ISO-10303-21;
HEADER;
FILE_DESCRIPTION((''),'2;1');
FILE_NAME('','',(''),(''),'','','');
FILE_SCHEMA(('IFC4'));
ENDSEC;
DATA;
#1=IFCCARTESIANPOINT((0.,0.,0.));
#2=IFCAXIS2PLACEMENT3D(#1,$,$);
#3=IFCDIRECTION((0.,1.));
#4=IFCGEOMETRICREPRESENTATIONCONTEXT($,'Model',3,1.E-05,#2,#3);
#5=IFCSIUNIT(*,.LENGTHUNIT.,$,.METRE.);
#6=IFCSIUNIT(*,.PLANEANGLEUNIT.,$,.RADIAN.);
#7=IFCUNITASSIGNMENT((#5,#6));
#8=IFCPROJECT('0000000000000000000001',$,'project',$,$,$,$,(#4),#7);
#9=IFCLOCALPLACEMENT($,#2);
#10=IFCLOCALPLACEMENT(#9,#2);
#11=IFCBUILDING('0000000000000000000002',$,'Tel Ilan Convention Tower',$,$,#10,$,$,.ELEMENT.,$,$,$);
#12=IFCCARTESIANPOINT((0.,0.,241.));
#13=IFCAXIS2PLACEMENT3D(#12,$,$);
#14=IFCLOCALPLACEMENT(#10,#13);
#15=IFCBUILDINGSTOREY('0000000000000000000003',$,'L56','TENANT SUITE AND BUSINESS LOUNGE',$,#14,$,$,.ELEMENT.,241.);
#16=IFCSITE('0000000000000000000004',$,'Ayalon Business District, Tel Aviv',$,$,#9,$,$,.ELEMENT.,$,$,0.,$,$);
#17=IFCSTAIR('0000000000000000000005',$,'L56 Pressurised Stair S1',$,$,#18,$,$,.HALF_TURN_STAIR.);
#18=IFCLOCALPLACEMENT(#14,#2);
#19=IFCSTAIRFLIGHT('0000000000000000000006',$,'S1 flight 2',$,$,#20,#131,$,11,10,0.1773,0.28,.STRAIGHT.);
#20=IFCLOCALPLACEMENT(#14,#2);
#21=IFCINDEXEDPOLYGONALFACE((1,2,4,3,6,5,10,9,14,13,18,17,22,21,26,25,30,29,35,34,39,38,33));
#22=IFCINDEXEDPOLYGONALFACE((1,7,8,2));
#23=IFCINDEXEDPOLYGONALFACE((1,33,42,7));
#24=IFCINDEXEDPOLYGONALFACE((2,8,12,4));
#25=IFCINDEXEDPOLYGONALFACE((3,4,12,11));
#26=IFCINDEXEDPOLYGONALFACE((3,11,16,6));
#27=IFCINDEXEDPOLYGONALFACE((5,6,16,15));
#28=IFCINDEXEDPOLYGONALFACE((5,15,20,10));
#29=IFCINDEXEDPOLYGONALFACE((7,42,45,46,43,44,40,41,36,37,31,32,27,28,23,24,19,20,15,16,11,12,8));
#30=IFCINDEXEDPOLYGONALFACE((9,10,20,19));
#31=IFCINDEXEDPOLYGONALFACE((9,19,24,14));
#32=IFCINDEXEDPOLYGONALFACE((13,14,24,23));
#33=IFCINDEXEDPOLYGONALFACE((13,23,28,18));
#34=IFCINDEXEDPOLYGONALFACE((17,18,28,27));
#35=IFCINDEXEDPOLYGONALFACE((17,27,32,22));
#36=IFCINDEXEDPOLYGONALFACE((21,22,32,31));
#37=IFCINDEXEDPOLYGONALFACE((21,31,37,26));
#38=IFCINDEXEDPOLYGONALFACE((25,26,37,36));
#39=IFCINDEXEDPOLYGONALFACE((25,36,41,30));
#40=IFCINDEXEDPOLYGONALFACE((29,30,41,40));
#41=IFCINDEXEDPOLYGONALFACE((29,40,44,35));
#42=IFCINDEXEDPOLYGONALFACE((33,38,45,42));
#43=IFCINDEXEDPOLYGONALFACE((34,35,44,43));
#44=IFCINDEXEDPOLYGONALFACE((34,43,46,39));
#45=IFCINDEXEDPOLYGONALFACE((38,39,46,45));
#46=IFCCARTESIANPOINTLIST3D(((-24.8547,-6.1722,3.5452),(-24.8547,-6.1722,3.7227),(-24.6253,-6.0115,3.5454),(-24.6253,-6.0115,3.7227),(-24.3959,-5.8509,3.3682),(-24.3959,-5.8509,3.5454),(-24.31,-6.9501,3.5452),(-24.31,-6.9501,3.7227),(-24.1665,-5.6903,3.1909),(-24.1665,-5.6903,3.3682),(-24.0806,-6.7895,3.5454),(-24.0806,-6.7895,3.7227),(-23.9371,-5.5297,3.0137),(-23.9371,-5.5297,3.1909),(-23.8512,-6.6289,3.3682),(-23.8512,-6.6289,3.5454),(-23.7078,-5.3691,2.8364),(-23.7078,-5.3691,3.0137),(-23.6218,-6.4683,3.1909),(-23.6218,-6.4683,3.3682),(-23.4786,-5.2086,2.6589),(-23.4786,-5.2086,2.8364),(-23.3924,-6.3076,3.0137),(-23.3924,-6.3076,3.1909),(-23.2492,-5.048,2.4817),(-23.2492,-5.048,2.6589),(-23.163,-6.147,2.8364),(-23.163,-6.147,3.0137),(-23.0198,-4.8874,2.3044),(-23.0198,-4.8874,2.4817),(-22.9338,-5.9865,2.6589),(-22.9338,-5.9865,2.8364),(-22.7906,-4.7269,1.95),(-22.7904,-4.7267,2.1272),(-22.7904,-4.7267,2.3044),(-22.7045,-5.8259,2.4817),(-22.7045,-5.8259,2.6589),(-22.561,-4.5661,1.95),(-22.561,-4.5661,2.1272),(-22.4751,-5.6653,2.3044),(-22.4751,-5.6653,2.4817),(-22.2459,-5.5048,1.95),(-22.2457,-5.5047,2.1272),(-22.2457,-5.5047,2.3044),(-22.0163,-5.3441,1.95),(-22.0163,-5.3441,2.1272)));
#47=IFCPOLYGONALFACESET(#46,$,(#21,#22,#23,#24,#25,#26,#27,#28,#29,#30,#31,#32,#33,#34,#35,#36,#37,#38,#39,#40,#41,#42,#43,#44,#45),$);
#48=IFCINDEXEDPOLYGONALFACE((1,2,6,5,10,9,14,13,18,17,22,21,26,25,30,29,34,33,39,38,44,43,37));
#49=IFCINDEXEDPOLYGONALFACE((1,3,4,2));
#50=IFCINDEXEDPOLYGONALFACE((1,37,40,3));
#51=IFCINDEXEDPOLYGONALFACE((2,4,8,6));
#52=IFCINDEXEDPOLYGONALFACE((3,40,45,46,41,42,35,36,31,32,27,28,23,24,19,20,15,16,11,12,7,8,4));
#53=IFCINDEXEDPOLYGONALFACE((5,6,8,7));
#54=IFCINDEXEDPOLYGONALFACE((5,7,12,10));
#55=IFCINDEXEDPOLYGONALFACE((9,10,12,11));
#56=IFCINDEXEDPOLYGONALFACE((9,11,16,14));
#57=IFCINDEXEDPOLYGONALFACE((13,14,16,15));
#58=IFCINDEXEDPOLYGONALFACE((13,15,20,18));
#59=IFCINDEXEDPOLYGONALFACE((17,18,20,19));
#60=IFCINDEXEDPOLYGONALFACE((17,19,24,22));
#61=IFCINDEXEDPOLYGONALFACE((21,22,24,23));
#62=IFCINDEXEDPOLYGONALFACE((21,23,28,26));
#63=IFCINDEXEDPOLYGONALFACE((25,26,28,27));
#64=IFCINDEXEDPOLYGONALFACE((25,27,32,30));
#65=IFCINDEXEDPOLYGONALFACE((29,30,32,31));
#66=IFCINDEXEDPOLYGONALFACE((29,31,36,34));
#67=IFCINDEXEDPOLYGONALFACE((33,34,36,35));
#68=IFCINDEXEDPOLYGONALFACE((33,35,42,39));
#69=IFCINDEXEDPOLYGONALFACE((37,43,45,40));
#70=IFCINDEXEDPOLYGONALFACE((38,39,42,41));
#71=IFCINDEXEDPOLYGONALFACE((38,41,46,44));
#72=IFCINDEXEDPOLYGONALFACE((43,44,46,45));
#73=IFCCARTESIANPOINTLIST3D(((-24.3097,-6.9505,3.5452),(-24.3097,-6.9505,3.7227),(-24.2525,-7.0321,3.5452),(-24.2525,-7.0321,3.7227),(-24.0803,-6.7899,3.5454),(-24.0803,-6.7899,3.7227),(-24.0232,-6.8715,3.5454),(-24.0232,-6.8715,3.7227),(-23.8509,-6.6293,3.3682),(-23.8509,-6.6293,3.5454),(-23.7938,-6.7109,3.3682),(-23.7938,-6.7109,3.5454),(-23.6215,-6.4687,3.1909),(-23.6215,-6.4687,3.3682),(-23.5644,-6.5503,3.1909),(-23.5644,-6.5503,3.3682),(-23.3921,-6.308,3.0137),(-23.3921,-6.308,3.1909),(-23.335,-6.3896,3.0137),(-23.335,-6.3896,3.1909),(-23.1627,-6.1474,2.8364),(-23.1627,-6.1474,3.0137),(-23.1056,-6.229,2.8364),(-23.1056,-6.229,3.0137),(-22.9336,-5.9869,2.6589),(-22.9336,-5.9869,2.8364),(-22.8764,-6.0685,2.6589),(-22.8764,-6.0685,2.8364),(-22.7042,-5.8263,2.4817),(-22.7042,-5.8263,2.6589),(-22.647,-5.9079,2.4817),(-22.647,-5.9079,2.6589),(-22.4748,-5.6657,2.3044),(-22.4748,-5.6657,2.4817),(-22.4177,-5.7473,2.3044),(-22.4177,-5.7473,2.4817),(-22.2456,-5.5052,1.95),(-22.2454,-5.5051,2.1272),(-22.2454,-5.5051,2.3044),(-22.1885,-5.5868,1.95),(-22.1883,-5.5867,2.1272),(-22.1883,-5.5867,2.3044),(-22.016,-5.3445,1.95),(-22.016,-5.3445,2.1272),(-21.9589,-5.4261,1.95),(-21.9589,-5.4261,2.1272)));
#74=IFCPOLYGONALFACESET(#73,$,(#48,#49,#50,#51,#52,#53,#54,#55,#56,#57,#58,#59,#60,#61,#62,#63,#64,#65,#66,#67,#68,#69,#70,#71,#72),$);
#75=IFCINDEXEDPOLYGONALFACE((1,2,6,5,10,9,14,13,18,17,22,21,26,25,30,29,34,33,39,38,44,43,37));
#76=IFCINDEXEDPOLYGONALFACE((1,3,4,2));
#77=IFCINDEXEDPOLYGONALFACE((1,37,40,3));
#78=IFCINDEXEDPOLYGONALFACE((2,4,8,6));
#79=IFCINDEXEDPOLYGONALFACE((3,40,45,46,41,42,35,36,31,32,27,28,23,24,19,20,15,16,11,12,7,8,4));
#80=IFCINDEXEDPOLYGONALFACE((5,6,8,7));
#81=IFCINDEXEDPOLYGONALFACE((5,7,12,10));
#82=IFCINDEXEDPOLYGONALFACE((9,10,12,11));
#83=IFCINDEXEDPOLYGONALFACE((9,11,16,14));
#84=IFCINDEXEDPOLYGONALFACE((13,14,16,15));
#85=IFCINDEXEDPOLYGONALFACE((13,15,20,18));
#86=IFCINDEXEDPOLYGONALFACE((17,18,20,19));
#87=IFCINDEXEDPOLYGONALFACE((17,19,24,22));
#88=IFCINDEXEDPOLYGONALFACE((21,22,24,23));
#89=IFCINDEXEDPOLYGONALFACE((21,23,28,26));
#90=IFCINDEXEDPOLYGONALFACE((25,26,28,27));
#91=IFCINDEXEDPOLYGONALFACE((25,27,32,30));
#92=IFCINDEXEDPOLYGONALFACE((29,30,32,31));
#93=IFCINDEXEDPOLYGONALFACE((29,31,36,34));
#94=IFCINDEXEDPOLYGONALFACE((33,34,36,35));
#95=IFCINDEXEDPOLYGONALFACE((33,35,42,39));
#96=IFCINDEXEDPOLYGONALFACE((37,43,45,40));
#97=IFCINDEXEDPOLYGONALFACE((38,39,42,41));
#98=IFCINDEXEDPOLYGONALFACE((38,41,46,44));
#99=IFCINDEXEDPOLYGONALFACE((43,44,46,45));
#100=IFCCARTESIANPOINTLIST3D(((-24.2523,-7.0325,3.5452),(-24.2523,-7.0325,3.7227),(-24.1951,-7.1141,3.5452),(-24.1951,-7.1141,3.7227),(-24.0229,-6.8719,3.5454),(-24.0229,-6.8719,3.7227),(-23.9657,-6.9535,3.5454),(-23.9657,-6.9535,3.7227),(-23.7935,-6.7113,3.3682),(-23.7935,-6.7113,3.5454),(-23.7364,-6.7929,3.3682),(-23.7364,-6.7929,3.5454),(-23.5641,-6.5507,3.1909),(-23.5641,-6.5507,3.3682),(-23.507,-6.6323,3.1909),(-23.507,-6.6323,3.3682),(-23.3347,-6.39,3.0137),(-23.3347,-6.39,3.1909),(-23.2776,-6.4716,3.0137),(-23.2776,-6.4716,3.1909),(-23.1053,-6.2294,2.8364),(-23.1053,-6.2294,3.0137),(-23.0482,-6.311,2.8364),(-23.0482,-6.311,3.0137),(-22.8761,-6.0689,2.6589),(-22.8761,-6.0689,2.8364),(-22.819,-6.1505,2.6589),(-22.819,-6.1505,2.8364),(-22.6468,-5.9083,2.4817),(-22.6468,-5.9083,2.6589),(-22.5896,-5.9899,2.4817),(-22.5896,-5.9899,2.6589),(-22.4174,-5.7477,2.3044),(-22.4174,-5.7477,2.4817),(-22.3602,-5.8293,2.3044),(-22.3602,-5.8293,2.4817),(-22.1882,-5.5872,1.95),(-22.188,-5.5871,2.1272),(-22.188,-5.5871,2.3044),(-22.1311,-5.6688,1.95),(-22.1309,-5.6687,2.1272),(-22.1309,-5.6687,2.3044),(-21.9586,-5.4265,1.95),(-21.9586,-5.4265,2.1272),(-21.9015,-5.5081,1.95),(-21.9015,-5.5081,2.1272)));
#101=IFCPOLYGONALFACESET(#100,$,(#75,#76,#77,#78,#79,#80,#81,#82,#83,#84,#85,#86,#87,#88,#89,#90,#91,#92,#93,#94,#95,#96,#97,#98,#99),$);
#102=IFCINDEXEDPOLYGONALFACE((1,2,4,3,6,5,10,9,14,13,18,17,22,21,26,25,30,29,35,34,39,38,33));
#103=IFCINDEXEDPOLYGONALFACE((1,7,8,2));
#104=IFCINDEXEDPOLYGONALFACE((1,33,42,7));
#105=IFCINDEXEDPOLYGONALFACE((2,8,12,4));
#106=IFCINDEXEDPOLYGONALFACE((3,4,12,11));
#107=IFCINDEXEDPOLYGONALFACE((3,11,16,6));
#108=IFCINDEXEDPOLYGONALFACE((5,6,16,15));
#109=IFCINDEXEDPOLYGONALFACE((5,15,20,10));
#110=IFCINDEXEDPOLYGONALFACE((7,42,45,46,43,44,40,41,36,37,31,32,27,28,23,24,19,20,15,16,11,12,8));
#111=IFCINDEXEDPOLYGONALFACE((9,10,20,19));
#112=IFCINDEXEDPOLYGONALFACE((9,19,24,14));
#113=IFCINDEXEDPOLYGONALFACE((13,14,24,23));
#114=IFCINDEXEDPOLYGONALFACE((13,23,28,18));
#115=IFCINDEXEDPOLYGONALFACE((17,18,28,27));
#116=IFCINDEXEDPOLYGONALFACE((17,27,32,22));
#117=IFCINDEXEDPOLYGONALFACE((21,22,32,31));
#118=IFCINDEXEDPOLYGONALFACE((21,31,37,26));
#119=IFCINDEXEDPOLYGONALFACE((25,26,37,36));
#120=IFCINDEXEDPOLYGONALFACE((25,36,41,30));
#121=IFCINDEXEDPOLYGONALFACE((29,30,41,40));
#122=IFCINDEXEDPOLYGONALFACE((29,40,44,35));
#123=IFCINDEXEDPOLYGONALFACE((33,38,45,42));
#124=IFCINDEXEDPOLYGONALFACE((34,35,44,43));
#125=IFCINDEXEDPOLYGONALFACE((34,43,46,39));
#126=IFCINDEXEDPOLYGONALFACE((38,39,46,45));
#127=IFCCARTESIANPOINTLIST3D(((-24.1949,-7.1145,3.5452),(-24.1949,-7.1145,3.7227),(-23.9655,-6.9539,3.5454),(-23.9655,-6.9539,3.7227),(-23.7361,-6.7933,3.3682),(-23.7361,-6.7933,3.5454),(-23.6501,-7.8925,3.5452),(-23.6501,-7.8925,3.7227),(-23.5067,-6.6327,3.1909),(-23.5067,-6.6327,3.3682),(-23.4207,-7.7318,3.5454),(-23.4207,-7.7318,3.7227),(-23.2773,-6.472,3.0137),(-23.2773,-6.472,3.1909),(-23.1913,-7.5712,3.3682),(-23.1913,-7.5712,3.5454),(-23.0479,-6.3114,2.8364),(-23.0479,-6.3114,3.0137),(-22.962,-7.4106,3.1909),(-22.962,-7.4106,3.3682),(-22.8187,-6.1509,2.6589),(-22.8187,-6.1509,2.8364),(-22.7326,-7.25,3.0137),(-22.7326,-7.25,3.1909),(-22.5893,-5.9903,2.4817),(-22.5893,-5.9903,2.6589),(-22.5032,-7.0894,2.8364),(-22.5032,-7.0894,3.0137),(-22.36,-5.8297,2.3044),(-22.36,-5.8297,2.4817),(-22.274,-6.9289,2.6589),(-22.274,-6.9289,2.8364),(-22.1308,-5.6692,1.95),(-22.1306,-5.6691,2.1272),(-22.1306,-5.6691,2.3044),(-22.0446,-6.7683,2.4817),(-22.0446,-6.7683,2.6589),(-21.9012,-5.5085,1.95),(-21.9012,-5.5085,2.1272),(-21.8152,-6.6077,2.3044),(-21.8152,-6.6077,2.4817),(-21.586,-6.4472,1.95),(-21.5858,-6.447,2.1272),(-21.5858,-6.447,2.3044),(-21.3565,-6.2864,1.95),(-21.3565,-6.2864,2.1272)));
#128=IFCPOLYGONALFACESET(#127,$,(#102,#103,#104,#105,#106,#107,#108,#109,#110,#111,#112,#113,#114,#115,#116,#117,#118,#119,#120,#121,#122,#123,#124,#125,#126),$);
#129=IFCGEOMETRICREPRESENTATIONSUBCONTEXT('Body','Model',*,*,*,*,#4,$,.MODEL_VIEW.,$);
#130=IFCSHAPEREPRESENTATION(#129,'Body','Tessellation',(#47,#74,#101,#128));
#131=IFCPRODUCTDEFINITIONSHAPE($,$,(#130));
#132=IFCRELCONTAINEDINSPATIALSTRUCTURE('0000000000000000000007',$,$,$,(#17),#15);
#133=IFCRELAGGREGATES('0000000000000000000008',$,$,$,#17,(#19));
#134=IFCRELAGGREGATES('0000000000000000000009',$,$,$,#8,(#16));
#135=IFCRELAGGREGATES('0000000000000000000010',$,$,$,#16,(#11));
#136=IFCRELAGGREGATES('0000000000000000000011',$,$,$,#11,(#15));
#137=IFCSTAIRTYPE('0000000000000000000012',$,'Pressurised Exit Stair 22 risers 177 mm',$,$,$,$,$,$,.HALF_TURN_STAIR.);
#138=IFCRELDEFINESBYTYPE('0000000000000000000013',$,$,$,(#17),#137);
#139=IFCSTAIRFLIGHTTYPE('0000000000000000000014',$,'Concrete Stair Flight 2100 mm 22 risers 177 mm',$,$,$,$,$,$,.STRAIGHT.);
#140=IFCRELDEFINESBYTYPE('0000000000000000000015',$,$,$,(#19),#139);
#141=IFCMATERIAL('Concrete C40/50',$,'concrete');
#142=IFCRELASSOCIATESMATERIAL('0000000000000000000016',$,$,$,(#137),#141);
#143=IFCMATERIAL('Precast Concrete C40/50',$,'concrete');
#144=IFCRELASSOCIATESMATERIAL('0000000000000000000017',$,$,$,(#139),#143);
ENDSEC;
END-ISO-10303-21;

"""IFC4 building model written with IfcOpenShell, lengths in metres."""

from ifc_helpers import new_model, si_unit, direction, frame, origin, place, context, subcontext, project, spatial, polyline, outline, extrude, material, type_object, element, aggregate, save


model = new_model("IFC4")

# Units and contexts
model_context = context("Model", 3, precision=1e-05, world=origin(), true_north=direction((0.0, 1.0)))
body_context = subcontext(model_context, "Body", "Model", "MODEL_VIEW")
ifc_project = project(units=[si_unit("LENGTHUNIT", "METRE"), si_unit("PLANEANGLEUNIT", "RADIAN")], contexts=[model_context])

# Site, building, storey
site_placement = place(None, origin())
site = spatial("IfcSite", under=ifc_project, at=site_placement, Name="Ayalon Business District, Tel Aviv", CompositionType="ELEMENT", RefElevation=0.0)
building_placement = place(site_placement, origin())
building = spatial("IfcBuilding", under=site, at=building_placement, Name="Tel Ilan Convention Tower", CompositionType="ELEMENT")
storey_placement = place(building_placement, frame((0.0, 0.0, 241.0)))
storey = spatial("IfcBuildingStorey", under=building, at=storey_placement, Name="L56", Description="TENANT SUITE AND BUSINESS LOUNGE", CompositionType="ELEMENT", Elevation=241.0)

# Stair, stair flight
ifc_material_1 = material(Name="Concrete C40/50", Category="concrete")
stair_type = type_object("IfcStairType", Name="Pressurised Exit Stair 22 risers 177 mm", PredefinedType="HALF_TURN_STAIR", material=ifc_material_1)
stair_1_placement = place(storey_placement, origin())
stair_1 = element("IfcStair", 1, at=stair_1_placement, inside=storey, type_object=stair_type, Name="L56 Pressurised Stair S1", PredefinedType="HALF_TURN_STAIR")
ifc_material_2 = material(Name="Precast Concrete C40/50", Category="concrete")
stair_flight_type = type_object("IfcStairFlightType", Name="Concrete Stair Flight 2100 mm 22 risers 177 mm", PredefinedType="STRAIGHT", material=ifc_material_2)
stair_flight_1_placement = place(storey_placement, frame((-21.9587, -5.4263, 1.95), z_axis=(0.0, 0.0, 1.0), x_axis=(-0.819152, -0.573576, 0.0)))
stair_flight_1 = element("IfcStairFlight", 2, at=stair_flight_1_placement, type_object=stair_flight_type, Name="S1 flight 2", NumberOfRisers=11, NumberOfTreads=10, PredefinedType="STRAIGHT", RiserHeight=0.1773, TreadLength=0.28, context=body_context, shape_type="SweptSolid", body=[
    extrude(outline(polyline([(0.0, 0.0), (0.0, 0.1772), (0.28, 0.1772), (0.28, 0.3545), (0.5601, 0.3545), (0.5601, 0.5317), (0.8401, 0.5317), (0.8401, 0.709), (1.1201, 0.709), (1.1201, 0.8865), (1.3999, 0.8865), (1.3999, 1.0637), (1.6799, 1.0637), (1.6799, 1.241), (1.96, 1.241), (1.96, 1.4182), (2.24, 1.4182), (2.24, 1.5955), (2.52, 1.5955), (2.52, 1.7727), (2.8, 1.7727), (2.8, 1.95), (2.8, 1.5952), (0.2803, 0.0), (0.0, 0.0)])), frame((0.0, -0.1003, 0.0), z_axis=(0.0, -1.0, 0.0), x_axis=(1.0, 0.0, 0.0)), (0.0, 0.0, 1.0), 0.9497),
    extrude(outline(polyline([(0.0, 0.0), (0.0, 0.1772), (0.28, 0.1772), (0.28, 0.3545), (0.5601, 0.3545), (0.5601, 0.5317), (0.8401, 0.5317), (0.8401, 0.709), (1.1201, 0.709), (1.1201, 0.8865), (1.3999, 0.8865), (1.3999, 1.0637), (1.6799, 1.0637), (1.6799, 1.241), (1.96, 1.241), (1.96, 1.4182), (2.24, 1.4182), (2.24, 1.5955), (2.52, 1.5955), (2.52, 1.7727), (2.8, 1.7727), (2.8, 1.95), (2.8, 1.5952), (0.2803, 0.0), (0.0, 0.0)])), frame((0.0, -0.0002, 0.0), z_axis=(0.0, -1.0, 0.0), x_axis=(1.0, 0.0, 0.0)), (0.0, 0.0, 1.0), 0.0996),
    extrude(outline(polyline([(0.0, 0.0), (0.0, 0.1772), (0.28, 0.1772), (0.28, 0.3545), (0.5601, 0.3545), (0.5601, 0.5317), (0.8401, 0.5317), (0.8401, 0.709), (1.1201, 0.709), (1.1201, 0.8865), (1.3999, 0.8865), (1.3999, 1.0637), (1.6799, 1.0637), (1.6799, 1.241), (1.96, 1.241), (1.96, 1.4182), (2.24, 1.4182), (2.24, 1.5955), (2.52, 1.5955), (2.52, 1.7727), (2.8, 1.7727), (2.8, 1.95), (2.8, 1.5952), (0.2803, 0.0), (0.0, 0.0)])), frame((0.0, 0.0999, 0.0), z_axis=(0.0, -1.0, 0.0), x_axis=(1.0, 0.0, 0.0)), (0.0, 0.0, 1.0), 0.0996),
    extrude(outline(polyline([(0.0, 0.0), (0.0, 0.1772), (0.28, 0.1772), (0.28, 0.3545), (0.5601, 0.3545), (0.5601, 0.5317), (0.8401, 0.5317), (0.8401, 0.709), (1.1201, 0.709), (1.1201, 0.8865), (1.3999, 0.8865), (1.3999, 1.0637), (1.6799, 1.0637), (1.6799, 1.241), (1.96, 1.241), (1.96, 1.4182), (2.24, 1.4182), (2.24, 1.5955), (2.52, 1.5955), (2.52, 1.7727), (2.8, 1.7727), (2.8, 1.95), (2.8, 1.5952), (0.2803, 0.0), (0.0, 0.0)])), frame((0.0, 1.05, 0.0), z_axis=(0.0, -1.0, 0.0), x_axis=(1.0, 0.0, 0.0)), (0.0, 0.0, 1.0), 0.9497),
])
aggregate(stair_1, [stair_flight_1])

save(model, "model.ifc")
